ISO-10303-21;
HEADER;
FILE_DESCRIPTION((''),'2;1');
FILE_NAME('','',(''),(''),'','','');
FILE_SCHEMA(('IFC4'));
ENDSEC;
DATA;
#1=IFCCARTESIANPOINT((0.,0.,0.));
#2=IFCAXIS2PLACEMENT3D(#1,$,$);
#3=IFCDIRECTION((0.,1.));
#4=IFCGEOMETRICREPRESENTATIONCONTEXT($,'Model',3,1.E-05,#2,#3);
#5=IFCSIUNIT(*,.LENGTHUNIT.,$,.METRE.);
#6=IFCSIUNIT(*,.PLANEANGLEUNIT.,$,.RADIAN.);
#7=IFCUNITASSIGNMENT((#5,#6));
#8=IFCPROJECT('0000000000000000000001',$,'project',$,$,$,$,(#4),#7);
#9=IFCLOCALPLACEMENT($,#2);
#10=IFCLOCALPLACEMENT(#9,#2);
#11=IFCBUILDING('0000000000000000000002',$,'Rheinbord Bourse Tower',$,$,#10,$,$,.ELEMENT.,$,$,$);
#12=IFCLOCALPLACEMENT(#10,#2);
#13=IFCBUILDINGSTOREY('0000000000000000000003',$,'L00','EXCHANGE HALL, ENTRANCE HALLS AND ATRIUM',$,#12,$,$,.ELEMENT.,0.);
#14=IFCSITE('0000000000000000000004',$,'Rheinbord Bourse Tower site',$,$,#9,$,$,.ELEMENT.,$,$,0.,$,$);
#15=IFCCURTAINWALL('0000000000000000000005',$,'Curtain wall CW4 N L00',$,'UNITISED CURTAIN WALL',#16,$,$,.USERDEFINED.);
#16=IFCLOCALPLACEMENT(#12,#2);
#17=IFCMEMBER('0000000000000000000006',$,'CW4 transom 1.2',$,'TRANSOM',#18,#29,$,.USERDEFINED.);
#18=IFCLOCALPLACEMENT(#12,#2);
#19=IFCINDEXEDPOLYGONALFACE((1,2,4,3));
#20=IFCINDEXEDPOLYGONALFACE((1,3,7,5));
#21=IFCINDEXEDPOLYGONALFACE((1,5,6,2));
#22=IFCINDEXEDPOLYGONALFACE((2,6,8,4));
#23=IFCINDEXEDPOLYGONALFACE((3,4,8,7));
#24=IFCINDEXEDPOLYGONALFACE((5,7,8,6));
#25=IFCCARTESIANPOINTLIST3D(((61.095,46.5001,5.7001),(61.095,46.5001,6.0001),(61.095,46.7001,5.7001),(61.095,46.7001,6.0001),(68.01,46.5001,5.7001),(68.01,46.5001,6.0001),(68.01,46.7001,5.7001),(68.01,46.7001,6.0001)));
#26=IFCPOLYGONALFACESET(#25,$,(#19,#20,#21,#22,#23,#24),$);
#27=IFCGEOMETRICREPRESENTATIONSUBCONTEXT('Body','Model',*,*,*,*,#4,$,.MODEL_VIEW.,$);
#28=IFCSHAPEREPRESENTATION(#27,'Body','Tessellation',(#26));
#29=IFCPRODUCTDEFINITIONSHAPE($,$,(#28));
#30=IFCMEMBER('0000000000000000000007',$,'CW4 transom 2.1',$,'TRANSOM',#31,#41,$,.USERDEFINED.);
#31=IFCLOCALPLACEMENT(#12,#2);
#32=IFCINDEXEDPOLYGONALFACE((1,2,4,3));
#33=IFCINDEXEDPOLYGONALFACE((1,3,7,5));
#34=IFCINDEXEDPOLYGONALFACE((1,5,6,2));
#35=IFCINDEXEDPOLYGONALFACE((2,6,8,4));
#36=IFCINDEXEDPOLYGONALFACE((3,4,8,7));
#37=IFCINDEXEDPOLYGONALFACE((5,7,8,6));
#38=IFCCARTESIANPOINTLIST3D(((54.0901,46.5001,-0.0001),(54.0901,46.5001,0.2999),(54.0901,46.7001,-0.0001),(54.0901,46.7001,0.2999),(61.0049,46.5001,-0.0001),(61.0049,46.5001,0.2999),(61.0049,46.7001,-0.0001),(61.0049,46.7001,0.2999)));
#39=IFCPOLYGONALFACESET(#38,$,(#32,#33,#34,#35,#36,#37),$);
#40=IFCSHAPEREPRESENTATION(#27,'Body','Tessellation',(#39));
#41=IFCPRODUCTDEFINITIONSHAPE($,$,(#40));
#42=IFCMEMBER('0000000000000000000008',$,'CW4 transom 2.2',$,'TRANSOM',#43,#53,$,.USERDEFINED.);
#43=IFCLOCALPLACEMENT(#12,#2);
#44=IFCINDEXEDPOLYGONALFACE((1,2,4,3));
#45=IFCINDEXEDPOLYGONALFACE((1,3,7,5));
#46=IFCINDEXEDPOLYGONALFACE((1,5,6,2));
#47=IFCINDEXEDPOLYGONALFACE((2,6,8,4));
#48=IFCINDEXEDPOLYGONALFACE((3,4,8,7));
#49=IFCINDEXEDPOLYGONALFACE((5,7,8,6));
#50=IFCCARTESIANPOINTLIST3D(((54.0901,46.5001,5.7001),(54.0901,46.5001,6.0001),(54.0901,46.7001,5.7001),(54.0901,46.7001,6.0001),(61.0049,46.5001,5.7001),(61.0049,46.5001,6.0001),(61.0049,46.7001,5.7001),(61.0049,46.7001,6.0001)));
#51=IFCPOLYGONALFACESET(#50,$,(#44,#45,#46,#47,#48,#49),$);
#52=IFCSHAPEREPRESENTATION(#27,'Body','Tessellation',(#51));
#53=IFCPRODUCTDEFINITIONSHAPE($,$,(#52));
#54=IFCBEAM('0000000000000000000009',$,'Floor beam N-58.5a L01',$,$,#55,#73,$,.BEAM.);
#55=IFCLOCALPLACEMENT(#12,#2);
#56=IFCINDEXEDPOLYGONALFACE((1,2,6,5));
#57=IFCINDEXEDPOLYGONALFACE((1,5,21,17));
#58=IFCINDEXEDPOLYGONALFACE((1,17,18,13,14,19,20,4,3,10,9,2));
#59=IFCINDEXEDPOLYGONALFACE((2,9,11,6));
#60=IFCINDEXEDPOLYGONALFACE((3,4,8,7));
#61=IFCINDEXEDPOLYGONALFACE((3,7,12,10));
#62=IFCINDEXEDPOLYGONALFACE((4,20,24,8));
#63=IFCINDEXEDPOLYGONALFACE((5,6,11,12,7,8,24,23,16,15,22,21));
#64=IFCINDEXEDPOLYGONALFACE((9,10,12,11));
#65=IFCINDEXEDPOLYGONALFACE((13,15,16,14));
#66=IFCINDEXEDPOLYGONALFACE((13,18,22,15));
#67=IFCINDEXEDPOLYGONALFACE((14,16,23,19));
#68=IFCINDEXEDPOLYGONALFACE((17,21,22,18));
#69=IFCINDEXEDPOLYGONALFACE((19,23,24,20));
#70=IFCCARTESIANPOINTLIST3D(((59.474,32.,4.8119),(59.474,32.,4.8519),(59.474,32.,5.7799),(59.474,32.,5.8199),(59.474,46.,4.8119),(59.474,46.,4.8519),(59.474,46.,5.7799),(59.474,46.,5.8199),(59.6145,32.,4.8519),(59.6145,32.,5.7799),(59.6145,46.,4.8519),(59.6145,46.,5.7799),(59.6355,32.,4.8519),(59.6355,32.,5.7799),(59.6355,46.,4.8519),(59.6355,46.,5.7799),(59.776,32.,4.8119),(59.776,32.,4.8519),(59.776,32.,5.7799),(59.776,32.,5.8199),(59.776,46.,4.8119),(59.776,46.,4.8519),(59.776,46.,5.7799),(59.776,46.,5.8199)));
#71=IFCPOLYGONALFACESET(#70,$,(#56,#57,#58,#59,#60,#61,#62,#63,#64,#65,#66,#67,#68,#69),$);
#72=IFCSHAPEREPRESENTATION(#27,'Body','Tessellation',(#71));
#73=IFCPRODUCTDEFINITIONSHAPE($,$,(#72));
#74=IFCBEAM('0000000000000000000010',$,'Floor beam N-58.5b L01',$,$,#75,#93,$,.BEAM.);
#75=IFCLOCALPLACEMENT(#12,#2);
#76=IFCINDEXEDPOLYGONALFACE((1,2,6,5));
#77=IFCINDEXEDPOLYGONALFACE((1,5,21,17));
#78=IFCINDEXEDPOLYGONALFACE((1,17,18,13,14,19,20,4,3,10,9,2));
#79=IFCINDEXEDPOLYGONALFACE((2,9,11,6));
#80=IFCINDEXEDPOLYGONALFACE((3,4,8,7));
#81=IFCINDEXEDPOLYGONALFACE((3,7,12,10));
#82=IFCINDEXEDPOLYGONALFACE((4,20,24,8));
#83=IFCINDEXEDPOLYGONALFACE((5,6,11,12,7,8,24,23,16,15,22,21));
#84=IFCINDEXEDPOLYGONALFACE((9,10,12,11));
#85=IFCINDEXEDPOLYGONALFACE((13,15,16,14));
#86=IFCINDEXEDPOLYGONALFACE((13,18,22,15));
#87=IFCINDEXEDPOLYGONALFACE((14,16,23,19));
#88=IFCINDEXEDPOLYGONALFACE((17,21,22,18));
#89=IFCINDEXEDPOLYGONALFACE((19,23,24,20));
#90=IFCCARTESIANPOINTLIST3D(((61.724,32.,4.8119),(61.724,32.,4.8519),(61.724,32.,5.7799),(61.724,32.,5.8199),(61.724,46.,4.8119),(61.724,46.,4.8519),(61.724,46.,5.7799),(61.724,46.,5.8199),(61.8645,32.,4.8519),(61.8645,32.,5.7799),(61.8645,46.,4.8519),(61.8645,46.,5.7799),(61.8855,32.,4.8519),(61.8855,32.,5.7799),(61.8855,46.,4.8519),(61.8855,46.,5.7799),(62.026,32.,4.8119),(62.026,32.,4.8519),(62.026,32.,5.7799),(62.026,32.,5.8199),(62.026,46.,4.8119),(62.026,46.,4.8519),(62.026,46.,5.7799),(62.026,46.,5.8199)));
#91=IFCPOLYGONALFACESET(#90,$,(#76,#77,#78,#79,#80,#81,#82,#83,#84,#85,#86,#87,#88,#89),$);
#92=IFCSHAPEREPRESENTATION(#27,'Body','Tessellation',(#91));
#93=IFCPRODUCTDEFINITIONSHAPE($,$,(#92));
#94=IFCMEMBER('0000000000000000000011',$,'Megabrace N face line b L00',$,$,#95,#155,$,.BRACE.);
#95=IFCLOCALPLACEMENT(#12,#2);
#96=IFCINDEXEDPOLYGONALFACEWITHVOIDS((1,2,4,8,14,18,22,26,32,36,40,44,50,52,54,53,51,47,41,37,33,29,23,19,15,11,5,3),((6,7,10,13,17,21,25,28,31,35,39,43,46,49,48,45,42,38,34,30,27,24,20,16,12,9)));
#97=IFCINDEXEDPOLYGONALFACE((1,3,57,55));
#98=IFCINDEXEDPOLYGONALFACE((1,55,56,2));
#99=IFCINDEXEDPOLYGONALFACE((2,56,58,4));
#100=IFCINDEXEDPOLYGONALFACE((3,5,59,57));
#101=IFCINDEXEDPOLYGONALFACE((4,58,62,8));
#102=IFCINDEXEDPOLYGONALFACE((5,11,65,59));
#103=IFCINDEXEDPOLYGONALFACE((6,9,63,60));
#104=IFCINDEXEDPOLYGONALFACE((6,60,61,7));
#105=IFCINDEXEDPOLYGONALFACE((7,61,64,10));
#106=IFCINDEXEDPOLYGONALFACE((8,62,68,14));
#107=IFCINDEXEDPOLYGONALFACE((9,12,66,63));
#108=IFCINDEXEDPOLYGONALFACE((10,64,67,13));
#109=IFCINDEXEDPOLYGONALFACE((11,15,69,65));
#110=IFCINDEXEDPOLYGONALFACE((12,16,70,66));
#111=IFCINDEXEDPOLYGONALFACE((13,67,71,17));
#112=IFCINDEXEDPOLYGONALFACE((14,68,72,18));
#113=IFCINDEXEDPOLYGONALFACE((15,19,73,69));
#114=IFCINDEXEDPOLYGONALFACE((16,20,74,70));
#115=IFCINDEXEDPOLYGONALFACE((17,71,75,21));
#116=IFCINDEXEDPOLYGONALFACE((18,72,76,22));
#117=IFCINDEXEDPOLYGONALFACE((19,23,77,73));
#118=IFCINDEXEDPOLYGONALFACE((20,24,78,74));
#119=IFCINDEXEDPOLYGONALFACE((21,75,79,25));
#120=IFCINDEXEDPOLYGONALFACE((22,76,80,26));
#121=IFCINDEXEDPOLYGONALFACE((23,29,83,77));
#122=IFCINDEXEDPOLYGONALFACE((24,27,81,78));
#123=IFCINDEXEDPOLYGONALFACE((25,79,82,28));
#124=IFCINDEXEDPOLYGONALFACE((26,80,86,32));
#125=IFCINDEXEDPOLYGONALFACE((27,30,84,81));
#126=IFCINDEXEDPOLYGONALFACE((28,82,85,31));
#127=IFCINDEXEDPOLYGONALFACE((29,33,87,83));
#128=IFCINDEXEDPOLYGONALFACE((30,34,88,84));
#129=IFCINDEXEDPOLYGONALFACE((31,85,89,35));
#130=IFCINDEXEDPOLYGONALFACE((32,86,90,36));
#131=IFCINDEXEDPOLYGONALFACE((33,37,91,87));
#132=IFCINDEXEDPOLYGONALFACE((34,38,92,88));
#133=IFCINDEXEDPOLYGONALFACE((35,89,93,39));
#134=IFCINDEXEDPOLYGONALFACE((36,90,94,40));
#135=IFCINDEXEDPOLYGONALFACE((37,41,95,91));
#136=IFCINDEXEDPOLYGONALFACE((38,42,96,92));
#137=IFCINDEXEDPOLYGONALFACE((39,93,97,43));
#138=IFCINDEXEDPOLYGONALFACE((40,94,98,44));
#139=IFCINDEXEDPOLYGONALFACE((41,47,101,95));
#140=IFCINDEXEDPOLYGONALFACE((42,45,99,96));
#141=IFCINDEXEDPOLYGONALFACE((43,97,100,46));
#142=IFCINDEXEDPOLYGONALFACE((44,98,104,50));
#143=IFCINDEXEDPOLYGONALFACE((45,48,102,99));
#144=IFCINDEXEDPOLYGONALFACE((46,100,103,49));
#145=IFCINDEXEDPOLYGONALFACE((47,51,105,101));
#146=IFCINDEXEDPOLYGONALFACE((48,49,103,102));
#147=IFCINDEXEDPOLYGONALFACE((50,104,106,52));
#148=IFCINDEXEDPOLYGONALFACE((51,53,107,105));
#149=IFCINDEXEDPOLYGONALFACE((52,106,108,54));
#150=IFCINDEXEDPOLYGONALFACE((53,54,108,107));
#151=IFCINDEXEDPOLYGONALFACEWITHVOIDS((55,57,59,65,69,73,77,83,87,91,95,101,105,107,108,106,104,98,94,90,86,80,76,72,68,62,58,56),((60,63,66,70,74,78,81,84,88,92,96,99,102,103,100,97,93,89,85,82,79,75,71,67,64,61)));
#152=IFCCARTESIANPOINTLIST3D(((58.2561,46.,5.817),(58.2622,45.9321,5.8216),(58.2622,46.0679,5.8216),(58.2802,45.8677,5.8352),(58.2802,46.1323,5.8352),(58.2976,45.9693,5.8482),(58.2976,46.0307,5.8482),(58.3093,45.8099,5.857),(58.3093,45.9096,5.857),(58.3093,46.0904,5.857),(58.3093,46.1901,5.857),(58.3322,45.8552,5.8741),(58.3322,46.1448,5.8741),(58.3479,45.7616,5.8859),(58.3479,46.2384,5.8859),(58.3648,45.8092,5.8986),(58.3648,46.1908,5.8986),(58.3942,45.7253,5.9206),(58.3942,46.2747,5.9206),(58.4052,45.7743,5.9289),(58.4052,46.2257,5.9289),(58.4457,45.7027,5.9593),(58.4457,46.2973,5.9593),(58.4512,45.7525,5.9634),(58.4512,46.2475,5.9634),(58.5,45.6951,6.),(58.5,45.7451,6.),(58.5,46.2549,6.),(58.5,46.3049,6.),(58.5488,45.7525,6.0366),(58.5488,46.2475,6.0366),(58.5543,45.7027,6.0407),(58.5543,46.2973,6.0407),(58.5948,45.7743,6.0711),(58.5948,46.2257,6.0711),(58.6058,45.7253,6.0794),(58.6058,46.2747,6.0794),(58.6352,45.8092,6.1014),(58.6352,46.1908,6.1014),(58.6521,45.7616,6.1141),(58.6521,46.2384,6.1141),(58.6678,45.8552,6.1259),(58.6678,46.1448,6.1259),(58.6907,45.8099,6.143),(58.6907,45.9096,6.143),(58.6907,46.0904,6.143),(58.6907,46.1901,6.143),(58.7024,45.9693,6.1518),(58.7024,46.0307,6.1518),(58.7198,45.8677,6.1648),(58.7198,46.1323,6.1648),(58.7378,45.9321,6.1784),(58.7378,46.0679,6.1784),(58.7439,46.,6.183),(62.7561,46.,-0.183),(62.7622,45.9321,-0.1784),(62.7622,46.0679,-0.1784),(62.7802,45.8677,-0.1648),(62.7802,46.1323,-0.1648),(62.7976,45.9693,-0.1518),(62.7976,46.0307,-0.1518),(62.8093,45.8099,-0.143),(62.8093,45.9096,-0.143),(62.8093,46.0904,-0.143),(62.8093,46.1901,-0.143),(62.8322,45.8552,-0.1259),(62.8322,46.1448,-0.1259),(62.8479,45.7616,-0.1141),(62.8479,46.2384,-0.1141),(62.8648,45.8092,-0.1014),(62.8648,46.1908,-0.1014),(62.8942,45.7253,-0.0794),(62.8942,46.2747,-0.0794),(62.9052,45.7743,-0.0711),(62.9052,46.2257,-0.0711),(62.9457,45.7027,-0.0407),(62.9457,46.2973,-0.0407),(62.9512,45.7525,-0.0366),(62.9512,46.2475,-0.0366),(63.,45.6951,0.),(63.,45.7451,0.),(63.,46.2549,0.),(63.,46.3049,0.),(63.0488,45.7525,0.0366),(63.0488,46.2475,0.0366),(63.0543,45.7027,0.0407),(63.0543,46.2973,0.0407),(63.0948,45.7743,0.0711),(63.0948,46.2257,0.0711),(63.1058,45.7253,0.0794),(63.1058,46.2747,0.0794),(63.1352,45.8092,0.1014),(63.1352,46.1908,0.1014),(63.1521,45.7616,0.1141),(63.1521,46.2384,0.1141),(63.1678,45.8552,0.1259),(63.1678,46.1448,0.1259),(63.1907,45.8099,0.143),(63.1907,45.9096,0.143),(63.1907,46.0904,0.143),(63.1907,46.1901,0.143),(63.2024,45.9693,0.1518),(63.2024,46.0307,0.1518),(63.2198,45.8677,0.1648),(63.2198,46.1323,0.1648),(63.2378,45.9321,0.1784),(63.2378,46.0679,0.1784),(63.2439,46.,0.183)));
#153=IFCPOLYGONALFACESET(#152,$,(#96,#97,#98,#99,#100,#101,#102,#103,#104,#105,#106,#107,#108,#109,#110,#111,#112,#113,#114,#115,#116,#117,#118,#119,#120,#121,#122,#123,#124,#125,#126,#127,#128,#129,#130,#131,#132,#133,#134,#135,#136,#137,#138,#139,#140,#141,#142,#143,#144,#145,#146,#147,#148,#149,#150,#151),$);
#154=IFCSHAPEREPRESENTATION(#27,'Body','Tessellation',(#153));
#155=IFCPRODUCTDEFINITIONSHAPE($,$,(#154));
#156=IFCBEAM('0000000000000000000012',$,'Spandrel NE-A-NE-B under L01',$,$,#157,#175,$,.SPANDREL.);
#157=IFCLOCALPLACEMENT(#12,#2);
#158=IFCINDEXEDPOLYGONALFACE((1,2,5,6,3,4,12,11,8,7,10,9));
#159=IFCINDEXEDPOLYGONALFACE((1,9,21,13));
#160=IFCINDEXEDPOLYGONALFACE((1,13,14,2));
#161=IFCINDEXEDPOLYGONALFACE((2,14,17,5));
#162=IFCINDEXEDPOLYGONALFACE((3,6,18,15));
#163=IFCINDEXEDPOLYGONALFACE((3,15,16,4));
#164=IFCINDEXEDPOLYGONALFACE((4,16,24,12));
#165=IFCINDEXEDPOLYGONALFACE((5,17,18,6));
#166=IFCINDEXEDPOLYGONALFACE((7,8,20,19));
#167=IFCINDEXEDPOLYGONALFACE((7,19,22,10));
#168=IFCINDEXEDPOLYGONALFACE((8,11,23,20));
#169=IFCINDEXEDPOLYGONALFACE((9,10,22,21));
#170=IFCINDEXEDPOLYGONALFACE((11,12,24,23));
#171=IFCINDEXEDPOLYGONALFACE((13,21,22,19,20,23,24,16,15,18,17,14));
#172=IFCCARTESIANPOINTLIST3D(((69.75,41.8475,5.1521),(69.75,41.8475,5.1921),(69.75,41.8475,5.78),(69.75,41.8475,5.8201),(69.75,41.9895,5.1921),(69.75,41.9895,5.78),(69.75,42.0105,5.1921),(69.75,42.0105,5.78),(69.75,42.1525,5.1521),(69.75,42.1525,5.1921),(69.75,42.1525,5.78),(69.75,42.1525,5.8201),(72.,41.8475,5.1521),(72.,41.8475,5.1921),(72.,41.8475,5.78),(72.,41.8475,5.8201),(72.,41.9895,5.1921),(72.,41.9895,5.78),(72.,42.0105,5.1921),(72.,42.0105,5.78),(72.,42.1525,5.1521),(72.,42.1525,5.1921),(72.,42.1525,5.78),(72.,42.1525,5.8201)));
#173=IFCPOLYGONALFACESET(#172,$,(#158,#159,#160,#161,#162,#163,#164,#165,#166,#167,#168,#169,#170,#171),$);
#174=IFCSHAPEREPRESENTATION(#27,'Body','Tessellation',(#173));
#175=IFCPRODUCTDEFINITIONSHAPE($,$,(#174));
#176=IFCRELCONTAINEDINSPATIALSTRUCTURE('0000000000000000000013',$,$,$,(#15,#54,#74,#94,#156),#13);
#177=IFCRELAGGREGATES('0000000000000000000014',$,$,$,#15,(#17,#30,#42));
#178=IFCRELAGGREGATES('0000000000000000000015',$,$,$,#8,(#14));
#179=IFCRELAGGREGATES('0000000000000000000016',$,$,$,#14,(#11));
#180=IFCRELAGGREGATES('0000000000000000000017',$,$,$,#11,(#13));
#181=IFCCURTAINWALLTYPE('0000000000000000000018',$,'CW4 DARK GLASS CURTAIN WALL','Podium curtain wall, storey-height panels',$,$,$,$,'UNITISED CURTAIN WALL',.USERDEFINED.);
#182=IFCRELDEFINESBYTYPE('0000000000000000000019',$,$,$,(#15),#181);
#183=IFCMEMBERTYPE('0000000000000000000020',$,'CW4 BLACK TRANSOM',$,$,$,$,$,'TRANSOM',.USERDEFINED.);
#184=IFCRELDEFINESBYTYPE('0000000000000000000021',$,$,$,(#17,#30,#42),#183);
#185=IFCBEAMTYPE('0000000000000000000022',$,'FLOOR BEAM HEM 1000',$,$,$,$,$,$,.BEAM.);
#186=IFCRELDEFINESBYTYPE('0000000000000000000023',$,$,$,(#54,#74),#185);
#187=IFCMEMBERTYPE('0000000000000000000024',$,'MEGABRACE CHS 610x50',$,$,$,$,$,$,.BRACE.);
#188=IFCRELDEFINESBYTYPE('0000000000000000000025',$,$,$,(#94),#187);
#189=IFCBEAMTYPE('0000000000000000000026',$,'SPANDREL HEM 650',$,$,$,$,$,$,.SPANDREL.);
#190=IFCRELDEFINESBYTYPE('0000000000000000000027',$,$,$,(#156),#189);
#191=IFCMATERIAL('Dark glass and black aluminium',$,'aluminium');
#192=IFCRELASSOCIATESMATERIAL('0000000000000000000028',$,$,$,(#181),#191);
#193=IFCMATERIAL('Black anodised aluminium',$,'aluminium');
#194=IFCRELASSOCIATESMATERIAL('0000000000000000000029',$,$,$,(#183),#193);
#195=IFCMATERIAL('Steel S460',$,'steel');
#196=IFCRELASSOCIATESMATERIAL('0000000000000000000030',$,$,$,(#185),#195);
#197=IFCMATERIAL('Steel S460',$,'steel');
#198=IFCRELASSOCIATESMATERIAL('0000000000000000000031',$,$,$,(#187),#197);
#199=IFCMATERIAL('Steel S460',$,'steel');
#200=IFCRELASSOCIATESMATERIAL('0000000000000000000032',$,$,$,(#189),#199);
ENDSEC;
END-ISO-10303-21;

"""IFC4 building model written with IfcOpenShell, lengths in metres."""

from ifc_helpers import new_model, si_unit, direction, frame, origin, origin_2d, place, context, subcontext, project, spatial, rectangle, hollow_circle, i_section, extrude, material, material_profile, profile_set, type_object, element, aggregate, save


model = new_model("IFC4")

# Units and contexts
model_context = context("Model", 3, precision=1e-05, world=origin(), true_north=direction((0.0, 1.0)))
body_context = subcontext(model_context, "Body", "Model", "MODEL_VIEW")
ifc_project = project(units=[si_unit("LENGTHUNIT", "METRE"), si_unit("PLANEANGLEUNIT", "RADIAN")], contexts=[model_context])

# Site, building, storey
site_placement = place(None, origin())
site = spatial("IfcSite", under=ifc_project, at=site_placement, Name="Rheinbord Bourse Tower site", CompositionType="ELEMENT", RefElevation=0.0)
building_placement = place(site_placement, origin())
building = spatial("IfcBuilding", under=site, at=building_placement, Name="Rheinbord Bourse Tower", CompositionType="ELEMENT")
storey_placement = place(building_placement, origin())
storey = spatial("IfcBuildingStorey", under=building, at=storey_placement, Name="L00", Description="EXCHANGE HALL, ENTRANCE HALLS AND ATRIUM", CompositionType="ELEMENT", Elevation=0.0)

# Curtain wall
ifc_material_1 = material(Name="Dark glass and black aluminium", Category="aluminium")
curtain_wall_type = type_object("IfcCurtainWallType", Name="CW4 DARK GLASS CURTAIN WALL", Description="Podium curtain wall, storey-height panels", ElementType="UNITISED CURTAIN WALL", PredefinedType="USERDEFINED", material=ifc_material_1)
curtain_wall_1_placement = place(storey_placement, origin())
curtain_wall_1 = element("IfcCurtainWall", 1, at=curtain_wall_1_placement, inside=storey, type_object=curtain_wall_type, Name="Curtain wall CW4 N L00", ObjectType="UNITISED CURTAIN WALL", PredefinedType="USERDEFINED")

# Members
ifc_material_2 = material(Name="Black anodised aluminium", Category="aluminium")
ifc_material_profile_1 = material_profile(ifc_material_2, rectangle(XDim=0.2, YDim=0.3, at=origin_2d()), Name="CW4 TRANSOM 300x200")
ifc_profile_set_1 = profile_set([ifc_material_profile_1], Name="Black anodised aluminium")
member_type_1 = type_object("IfcMemberType", Name="CW4 BLACK TRANSOM", ElementType="TRANSOM", PredefinedType="USERDEFINED", material=ifc_profile_set_1)
member_1_placement = place(storey_placement, frame((68.01, 46.6001, 5.8501), z_axis=(-1.0, 0.0, 0.0), x_axis=(0.0, -1.0, 0.0)))
member_1 = element("IfcMember", 2, at=member_1_placement, type_object=member_type_1, Name="CW4 transom 1.2", ObjectType="TRANSOM", PredefinedType="USERDEFINED", context=body_context, shape_type="SweptSolid", body=[
    extrude(rectangle(XDim=0.2, YDim=0.3, at=origin_2d()), origin(), (0.0, 0.0, 1.0), 6.915),
])
member_2_placement = place(storey_placement, frame((61.0049, 46.6001, 0.1499), z_axis=(-1.0, 0.0, 0.0), x_axis=(0.0, -1.0, 0.0)))
member_2 = element("IfcMember", 3, at=member_2_placement, type_object=member_type_1, Name="CW4 transom 2.1", ObjectType="TRANSOM", PredefinedType="USERDEFINED", context=body_context, shape_type="SweptSolid", body=[
    extrude(rectangle(XDim=0.2, YDim=0.3, at=origin_2d()), origin(), (0.0, 0.0, 1.0), 6.9148),
])
member_3_placement = place(storey_placement, frame((61.0049, 46.6001, 5.8501), z_axis=(-1.0, 0.0, 0.0), x_axis=(0.0, -1.0, 0.0)))
member_3 = element("IfcMember", 4, at=member_3_placement, type_object=member_type_1, Name="CW4 transom 2.2", ObjectType="TRANSOM", PredefinedType="USERDEFINED", context=body_context, shape_type="SweptSolid", body=[
    extrude(rectangle(XDim=0.2, YDim=0.3, at=origin_2d()), origin(), (0.0, 0.0, 1.0), 6.9148),
])

# Beams
ifc_material_3 = material(Name="Steel S460", Category="steel")
ifc_material_profile_2 = material_profile(ifc_material_3, i_section(OverallWidth=0.302, OverallDepth=1.0081, WebThickness=0.021, FlangeThickness=0.04, at=origin_2d()), Name="HEM 1000")
ifc_profile_set_2 = profile_set([ifc_material_profile_2], Name="Steel S460")
beam_type_1 = type_object("IfcBeamType", Name="FLOOR BEAM HEM 1000", PredefinedType="BEAM", material=ifc_profile_set_2)
for number, where, z_axis, x_axis, name in (
    (5, (59.625, 46.0, 5.3159), (0.0, -1.0, 0.0), (1.0, 0.0, 0.0), "Floor beam N-58.5a L01"),
    (6, (61.875, 46.0, 5.3159), (0.0, -1.0, 0.0), (1.0, 0.0, 0.0), "Floor beam N-58.5b L01"),
):
    element("IfcBeam", number, at=place(storey_placement, frame(where, z_axis=z_axis, x_axis=x_axis)), inside=storey, type_object=beam_type_1, Name=name, PredefinedType="BEAM", context=body_context, shape_type="SweptSolid", body=[
        extrude(i_section(OverallWidth=0.302, OverallDepth=1.0081, WebThickness=0.021, FlangeThickness=0.04, at=origin_2d()), origin(), (0.0, 0.0, 1.0), 14.0),
    ])

# Member
ifc_material_4 = material(Name="Steel S460", Category="steel")
ifc_material_profile_3 = material_profile(ifc_material_4, hollow_circle(Radius=0.3049, WallThickness=0.05, at=origin_2d()), Name="CHS 610x50")
ifc_profile_set_3 = profile_set([ifc_material_profile_3], Name="Steel S460")
member_type_2 = type_object("IfcMemberType", Name="MEGABRACE CHS 610x50", PredefinedType="BRACE", material=ifc_profile_set_3)
member_4_placement = place(storey_placement, frame((63.0, 46.0, 0.0), z_axis=(-0.6, 0.0, 0.8), x_axis=(0.0, -1.0, 0.0)))
element("IfcMember", 7, at=member_4_placement, inside=storey, type_object=member_type_2, Name="Megabrace N face line b L00", PredefinedType="BRACE", context=body_context, shape_type="SweptSolid", body=[
    extrude(hollow_circle(Radius=0.3049, WallThickness=0.05, at=origin_2d()), origin(), (0.0, 0.0, 1.0), 7.5),
])

# Beam
ifc_material_5 = material(Name="Steel S460", Category="steel")
ifc_material_profile_4 = material_profile(ifc_material_5, i_section(OverallWidth=0.3049, OverallDepth=0.668, WebThickness=0.021, FlangeThickness=0.04, at=origin_2d()), Name="HEM 650")
ifc_profile_set_4 = profile_set([ifc_material_profile_4], Name="Steel S460")
beam_type_2 = type_object("IfcBeamType", Name="SPANDREL HEM 650", PredefinedType="SPANDREL", material=ifc_profile_set_4)
beam_1_placement = place(storey_placement, frame((72.0, 42.0, 5.4861), z_axis=(-1.0, 0.0, 0.0), x_axis=(0.0, -1.0, 0.0)))
element("IfcBeam", 8, at=beam_1_placement, inside=storey, type_object=beam_type_2, Name="Spandrel NE-A-NE-B under L01", PredefinedType="SPANDREL", context=body_context, shape_type="SweptSolid", body=[
    extrude(i_section(OverallWidth=0.3049, OverallDepth=0.668, WebThickness=0.021, FlangeThickness=0.04, at=origin_2d()), origin(), (0.0, 0.0, 1.0), 2.25),
])

aggregate(curtain_wall_1, [member_1, member_2, member_3])

save(model, "model.ifc")
